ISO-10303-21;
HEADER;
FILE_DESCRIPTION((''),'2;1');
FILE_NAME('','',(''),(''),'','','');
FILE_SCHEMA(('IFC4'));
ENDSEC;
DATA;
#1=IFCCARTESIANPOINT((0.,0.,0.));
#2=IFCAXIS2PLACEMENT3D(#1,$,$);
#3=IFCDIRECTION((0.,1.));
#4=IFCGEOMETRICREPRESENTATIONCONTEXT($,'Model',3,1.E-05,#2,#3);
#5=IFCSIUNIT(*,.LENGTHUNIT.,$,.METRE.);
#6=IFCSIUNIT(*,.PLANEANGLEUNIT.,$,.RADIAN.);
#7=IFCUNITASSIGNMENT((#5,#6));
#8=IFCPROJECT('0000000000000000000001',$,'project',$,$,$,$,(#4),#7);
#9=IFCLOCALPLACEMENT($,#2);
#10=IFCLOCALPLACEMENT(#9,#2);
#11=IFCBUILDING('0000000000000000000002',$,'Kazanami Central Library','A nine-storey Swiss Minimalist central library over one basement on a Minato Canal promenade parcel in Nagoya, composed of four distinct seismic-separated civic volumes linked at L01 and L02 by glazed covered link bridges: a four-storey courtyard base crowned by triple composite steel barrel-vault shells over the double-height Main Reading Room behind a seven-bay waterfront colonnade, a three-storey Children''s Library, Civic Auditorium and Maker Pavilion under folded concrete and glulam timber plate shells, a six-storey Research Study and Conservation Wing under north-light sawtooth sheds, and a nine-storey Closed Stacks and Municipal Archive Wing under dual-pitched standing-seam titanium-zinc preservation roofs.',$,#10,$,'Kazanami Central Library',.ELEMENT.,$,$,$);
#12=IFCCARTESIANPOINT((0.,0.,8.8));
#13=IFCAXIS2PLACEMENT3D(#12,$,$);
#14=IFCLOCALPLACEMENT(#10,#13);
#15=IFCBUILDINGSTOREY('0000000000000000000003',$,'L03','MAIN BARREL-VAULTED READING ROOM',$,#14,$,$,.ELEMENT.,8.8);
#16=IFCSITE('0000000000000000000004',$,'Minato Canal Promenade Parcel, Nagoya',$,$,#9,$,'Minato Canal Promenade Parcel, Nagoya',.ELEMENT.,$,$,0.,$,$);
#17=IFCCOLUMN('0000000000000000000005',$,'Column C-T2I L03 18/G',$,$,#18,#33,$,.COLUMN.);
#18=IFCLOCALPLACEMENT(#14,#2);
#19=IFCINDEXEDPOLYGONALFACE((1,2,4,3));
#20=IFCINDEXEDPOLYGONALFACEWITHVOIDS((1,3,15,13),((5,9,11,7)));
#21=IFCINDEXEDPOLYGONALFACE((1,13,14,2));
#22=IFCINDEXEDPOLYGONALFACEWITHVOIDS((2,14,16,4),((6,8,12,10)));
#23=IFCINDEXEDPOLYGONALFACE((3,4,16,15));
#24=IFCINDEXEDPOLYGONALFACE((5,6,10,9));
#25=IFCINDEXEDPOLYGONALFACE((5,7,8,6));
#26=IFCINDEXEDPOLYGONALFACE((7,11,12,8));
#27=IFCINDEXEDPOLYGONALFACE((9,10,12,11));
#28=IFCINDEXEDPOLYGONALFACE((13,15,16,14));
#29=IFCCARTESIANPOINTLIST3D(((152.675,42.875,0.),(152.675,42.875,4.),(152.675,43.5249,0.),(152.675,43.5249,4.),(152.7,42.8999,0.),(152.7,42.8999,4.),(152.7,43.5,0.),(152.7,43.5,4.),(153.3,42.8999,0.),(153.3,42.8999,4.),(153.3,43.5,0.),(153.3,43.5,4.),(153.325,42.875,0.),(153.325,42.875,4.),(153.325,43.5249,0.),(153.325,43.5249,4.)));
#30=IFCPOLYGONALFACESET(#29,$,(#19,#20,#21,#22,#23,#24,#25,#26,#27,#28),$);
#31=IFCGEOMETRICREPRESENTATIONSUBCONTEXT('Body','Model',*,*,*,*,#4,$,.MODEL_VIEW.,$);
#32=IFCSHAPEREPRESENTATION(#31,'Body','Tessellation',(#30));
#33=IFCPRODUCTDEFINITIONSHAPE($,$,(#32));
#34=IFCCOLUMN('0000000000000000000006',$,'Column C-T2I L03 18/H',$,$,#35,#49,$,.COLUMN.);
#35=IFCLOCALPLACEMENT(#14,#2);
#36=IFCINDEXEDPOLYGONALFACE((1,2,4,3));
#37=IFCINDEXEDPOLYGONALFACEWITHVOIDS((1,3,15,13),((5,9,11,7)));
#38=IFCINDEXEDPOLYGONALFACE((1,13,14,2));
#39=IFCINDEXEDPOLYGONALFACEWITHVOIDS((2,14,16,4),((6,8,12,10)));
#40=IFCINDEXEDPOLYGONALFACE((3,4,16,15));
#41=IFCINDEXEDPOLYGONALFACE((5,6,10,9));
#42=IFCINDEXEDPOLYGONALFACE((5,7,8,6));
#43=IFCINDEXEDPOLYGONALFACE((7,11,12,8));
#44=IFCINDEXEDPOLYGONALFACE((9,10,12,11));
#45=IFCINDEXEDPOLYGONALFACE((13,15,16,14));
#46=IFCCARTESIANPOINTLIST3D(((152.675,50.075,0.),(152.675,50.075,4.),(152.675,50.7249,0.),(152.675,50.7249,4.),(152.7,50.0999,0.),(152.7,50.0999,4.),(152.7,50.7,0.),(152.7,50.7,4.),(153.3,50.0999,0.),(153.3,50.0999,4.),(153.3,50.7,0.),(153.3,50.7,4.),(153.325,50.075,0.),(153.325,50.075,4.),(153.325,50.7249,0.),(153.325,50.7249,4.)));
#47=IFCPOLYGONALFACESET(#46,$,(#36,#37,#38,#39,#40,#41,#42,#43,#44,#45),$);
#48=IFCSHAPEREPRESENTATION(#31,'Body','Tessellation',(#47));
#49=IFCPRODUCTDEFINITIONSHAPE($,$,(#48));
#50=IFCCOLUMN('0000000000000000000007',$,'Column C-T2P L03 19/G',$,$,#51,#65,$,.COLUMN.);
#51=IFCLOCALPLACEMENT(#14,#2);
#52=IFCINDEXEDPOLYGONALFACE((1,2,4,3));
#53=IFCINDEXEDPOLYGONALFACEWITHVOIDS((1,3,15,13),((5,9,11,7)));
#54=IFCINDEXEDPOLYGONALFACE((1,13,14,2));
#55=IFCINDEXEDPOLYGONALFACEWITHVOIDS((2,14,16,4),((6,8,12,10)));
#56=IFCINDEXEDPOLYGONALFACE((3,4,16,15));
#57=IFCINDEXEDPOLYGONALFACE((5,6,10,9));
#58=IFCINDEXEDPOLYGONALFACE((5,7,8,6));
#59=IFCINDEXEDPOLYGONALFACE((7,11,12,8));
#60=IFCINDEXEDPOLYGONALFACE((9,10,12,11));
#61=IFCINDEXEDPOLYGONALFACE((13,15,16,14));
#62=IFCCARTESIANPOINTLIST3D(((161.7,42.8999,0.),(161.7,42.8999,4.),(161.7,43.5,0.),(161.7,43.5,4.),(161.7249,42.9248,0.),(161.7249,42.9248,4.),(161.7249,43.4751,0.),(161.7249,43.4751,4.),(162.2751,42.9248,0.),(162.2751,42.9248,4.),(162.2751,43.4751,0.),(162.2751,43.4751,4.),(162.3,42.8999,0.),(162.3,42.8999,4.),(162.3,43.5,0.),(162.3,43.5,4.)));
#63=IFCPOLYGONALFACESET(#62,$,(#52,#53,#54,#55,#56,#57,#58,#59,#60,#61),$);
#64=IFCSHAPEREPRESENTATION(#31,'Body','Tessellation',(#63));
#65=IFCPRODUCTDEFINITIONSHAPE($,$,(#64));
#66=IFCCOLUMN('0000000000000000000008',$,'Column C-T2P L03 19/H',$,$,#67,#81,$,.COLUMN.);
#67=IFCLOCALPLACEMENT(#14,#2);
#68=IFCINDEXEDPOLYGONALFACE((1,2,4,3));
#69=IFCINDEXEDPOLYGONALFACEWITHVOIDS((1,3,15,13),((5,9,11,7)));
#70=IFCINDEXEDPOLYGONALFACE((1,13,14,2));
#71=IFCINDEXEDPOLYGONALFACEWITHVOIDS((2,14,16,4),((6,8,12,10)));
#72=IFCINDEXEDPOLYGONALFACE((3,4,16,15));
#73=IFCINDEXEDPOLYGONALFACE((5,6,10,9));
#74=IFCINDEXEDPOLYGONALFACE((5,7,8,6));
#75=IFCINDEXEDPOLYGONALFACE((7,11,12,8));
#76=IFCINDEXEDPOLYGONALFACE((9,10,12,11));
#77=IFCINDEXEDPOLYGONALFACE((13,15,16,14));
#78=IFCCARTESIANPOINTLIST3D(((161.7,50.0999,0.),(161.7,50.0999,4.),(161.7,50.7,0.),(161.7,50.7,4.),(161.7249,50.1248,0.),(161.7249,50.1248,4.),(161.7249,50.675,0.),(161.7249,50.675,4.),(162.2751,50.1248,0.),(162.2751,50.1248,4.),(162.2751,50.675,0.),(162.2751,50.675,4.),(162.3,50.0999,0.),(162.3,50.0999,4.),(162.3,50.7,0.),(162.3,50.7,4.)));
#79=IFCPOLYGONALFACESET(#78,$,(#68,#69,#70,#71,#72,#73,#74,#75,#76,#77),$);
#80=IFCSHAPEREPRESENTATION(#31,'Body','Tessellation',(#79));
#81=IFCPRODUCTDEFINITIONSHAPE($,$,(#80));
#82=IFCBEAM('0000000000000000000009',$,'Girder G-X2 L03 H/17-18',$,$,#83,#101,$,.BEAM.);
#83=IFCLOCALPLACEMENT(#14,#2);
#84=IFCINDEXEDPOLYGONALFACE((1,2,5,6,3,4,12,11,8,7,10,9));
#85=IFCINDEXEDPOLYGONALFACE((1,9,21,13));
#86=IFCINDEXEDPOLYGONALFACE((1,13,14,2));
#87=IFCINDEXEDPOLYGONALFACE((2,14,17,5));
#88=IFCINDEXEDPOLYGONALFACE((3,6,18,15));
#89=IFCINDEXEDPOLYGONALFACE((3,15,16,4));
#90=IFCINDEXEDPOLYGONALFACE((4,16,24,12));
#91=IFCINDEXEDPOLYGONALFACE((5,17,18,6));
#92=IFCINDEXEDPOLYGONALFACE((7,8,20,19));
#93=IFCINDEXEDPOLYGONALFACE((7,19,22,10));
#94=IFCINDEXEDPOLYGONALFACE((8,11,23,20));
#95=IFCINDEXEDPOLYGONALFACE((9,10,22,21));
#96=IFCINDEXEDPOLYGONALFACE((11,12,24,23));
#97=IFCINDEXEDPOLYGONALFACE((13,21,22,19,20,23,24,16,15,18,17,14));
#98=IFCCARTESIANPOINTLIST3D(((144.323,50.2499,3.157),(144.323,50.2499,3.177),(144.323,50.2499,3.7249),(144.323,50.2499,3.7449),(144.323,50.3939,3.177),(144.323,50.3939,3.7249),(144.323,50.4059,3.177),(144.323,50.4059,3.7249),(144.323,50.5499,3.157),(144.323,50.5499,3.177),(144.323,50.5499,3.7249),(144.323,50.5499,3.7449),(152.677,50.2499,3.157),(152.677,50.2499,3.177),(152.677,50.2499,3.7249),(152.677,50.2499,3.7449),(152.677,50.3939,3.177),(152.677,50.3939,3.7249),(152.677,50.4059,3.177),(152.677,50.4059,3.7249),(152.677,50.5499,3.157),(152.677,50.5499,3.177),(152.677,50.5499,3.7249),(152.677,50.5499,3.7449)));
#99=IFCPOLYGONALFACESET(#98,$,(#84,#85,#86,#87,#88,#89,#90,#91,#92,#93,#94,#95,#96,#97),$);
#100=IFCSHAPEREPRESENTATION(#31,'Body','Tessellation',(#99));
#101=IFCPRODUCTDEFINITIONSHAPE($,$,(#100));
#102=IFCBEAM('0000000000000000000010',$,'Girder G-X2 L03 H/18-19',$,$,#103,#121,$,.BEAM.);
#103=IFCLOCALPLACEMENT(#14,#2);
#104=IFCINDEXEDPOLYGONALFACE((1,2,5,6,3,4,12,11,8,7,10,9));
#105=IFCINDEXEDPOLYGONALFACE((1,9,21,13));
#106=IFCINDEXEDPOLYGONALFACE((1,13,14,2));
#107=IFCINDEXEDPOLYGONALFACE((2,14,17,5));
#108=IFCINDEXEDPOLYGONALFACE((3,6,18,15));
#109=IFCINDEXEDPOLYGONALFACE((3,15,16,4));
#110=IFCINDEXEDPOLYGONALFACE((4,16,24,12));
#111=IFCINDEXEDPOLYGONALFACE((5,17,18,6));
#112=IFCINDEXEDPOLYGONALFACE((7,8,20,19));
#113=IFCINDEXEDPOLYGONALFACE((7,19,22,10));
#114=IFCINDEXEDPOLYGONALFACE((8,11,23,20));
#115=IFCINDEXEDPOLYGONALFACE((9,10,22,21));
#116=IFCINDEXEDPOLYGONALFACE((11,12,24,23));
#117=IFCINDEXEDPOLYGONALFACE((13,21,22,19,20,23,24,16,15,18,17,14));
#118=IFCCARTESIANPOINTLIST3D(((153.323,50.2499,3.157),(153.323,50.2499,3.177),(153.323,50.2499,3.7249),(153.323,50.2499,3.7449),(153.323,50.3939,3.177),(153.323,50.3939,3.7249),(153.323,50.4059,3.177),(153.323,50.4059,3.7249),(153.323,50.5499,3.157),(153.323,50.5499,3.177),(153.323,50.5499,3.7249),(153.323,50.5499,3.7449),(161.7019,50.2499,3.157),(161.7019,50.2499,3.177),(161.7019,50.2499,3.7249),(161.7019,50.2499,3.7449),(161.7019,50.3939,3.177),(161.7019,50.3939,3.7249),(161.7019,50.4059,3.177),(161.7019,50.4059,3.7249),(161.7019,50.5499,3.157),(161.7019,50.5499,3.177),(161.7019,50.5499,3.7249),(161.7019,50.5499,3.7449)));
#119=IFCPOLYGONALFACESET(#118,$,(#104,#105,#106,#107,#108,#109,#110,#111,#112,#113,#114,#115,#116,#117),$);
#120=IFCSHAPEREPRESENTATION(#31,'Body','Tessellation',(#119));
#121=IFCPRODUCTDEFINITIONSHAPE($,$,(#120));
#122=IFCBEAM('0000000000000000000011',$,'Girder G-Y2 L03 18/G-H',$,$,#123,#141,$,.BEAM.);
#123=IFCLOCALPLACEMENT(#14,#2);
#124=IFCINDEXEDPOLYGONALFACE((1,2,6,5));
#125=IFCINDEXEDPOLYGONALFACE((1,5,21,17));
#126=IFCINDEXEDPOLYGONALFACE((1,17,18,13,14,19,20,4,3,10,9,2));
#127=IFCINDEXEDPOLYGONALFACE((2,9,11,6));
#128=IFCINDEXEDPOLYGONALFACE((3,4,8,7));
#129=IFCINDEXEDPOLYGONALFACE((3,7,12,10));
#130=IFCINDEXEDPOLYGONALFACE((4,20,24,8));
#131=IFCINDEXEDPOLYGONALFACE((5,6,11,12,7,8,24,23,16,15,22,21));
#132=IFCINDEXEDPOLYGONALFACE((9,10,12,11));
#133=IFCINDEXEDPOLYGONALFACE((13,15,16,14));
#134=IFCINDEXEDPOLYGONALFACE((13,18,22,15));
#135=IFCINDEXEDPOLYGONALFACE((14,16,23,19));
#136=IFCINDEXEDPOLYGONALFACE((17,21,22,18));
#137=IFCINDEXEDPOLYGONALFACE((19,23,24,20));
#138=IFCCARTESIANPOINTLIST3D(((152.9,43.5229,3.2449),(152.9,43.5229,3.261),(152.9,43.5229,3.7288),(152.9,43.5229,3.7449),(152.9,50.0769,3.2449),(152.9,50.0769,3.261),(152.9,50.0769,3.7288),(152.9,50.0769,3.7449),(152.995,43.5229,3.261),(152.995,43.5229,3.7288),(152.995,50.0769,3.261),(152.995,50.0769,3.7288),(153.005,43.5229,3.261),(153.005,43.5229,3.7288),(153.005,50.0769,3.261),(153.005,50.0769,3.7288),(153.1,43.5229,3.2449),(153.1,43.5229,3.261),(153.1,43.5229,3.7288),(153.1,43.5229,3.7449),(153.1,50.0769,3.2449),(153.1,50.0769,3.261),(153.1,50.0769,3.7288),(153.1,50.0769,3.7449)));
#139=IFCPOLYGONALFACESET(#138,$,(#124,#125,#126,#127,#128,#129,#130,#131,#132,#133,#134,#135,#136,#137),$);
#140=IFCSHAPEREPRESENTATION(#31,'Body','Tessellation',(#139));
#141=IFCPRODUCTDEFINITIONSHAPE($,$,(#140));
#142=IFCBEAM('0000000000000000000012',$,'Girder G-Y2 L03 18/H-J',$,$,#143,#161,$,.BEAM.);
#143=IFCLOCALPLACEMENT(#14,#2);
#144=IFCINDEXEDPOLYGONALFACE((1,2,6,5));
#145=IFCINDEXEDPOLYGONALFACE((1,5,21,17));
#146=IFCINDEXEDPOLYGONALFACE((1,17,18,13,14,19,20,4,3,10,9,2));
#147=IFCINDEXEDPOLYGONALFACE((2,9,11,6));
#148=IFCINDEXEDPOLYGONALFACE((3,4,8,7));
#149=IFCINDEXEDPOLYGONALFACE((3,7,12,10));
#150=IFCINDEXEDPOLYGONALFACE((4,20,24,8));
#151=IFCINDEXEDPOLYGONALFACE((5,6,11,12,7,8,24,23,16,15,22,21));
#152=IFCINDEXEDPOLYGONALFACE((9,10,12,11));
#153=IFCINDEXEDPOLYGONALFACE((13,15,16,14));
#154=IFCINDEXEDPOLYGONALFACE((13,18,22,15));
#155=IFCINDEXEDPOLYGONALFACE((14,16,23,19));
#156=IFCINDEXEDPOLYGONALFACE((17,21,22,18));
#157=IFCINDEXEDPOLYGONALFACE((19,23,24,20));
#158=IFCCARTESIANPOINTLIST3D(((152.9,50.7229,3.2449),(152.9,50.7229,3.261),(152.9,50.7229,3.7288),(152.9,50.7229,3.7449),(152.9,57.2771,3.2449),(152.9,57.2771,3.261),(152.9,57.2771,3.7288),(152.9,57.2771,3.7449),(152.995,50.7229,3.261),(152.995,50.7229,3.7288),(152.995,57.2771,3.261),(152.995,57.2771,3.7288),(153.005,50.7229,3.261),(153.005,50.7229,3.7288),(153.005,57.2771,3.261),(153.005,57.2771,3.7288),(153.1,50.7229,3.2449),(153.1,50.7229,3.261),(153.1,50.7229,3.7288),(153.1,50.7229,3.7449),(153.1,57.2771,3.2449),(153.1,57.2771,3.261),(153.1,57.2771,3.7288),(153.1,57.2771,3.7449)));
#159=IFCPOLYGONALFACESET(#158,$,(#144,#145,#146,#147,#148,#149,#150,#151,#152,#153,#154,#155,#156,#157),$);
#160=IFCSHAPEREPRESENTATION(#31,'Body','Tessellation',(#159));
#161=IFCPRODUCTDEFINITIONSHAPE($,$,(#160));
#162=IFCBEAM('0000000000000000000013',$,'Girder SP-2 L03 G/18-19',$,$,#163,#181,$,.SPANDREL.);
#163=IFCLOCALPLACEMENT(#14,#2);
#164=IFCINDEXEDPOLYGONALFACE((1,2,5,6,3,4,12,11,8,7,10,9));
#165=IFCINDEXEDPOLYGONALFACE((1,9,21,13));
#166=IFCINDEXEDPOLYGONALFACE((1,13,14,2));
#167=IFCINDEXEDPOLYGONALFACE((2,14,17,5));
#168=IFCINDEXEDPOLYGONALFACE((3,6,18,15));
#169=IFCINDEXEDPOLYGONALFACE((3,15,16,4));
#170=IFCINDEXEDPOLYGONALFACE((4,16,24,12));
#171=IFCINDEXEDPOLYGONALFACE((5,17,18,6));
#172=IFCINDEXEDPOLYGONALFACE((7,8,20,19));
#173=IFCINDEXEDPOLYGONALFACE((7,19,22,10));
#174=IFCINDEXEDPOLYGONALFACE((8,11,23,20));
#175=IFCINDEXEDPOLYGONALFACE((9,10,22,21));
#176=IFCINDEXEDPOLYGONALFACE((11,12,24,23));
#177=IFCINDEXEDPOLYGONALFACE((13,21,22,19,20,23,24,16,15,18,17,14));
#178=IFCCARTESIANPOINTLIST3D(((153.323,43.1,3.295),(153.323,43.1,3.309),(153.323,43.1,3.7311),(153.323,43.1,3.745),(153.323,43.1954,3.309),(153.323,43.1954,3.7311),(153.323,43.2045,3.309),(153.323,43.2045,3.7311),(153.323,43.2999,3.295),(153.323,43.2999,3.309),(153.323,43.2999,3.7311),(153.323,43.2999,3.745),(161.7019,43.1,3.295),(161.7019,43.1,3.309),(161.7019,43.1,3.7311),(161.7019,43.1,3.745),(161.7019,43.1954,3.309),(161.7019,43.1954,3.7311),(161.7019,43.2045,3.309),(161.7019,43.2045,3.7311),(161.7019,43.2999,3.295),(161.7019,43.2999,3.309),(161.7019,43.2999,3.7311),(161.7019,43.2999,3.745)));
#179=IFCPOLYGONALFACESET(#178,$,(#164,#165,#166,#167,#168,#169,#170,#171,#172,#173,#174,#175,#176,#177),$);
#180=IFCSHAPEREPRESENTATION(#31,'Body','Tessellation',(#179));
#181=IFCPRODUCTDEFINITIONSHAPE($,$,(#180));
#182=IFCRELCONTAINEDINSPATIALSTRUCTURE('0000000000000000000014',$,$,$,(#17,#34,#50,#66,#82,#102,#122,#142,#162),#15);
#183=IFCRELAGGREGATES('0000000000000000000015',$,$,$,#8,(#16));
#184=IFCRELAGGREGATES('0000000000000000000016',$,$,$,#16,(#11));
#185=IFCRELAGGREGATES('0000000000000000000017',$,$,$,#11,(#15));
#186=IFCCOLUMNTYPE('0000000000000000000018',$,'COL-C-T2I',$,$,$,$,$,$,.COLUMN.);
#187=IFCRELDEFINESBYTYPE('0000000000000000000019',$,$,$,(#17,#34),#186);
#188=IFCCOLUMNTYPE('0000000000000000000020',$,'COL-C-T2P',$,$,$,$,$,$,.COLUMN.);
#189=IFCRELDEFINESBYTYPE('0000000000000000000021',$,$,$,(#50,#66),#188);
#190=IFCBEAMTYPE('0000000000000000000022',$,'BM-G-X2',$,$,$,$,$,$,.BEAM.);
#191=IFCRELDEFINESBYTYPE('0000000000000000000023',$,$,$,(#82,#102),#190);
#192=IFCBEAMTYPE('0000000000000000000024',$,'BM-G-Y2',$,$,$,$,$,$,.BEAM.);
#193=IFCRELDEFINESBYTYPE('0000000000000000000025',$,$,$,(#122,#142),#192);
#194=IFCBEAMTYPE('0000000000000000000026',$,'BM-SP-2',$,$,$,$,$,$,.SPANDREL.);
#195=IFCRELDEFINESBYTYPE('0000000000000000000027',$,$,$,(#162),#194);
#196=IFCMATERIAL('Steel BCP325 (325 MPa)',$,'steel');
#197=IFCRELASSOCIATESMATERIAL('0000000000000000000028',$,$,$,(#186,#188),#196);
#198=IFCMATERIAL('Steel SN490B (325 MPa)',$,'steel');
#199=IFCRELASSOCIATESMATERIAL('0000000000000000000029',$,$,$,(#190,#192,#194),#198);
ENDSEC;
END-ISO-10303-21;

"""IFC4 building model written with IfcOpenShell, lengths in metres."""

from ifc_helpers import new_model, si_unit, direction, frame, origin, origin_2d, place, context, subcontext, project, spatial, hollow_rectangle, i_section, extrude, material, material_profile, profile_set, type_object, element, save


model = new_model("IFC4")

# Units and contexts
model_context = context("Model", 3, precision=1e-05, world=origin(), true_north=direction((0.0, 1.0)))
body_context = subcontext(model_context, "Body", "Model", "MODEL_VIEW")
ifc_project = project(units=[si_unit("LENGTHUNIT", "METRE"), si_unit("PLANEANGLEUNIT", "RADIAN")], contexts=[model_context])

# Site, building, storey
site_placement = place(None, origin())
site = spatial("IfcSite", under=ifc_project, at=site_placement, Name="Minato Canal Promenade Parcel, Nagoya", LongName="Minato Canal Promenade Parcel, Nagoya", CompositionType="ELEMENT", RefElevation=0.0)
building_placement = place(site_placement, origin())
building = spatial("IfcBuilding", under=site, at=building_placement, Name="Kazanami Central Library", Description="A nine-storey Swiss Minimalist central library over one basement on a Minato Canal promenade parcel in Nagoya, composed of four distinct seismic-separated civic volumes linked at L01 and L02 by glazed covered link bridges: a four-storey courtyard base crowned by triple composite steel barrel-vault shells over the double-height Main Reading Room behind a seven-bay waterfront colonnade, a three-storey Children's Library, Civic Auditorium and Maker Pavilion under folded concrete and glulam timber plate shells, a six-storey Research Study and Conservation Wing under north-light sawtooth sheds, and a nine-storey Closed Stacks and Municipal Archive Wing under dual-pitched standing-seam titanium-zinc preservation roofs.", LongName="Kazanami Central Library", CompositionType="ELEMENT")
storey_placement = place(building_placement, frame((0.0, 0.0, 8.8)))
storey = spatial("IfcBuildingStorey", under=building, at=storey_placement, Name="L03", Description="MAIN BARREL-VAULTED READING ROOM", CompositionType="ELEMENT", Elevation=8.8)

# Columns
ifc_material_1 = material(Name="Steel BCP325 (325 MPa)", Category="steel")
ifc_material_profile_1 = material_profile(ifc_material_1, hollow_rectangle(XDim=0.6499, YDim=0.6499, WallThickness=0.0249, at=origin_2d()), Name="BCP-650x650x25")
ifc_profile_set_1 = profile_set([ifc_material_profile_1], Name="Steel BCP325 (325 MPa)")
column_type_1 = type_object("IfcColumnType", Name="COL-C-T2I", PredefinedType="COLUMN", material=ifc_profile_set_1)
for number, where, z_axis, x_axis, name in (
    (1, (153.0, 43.2, 0.0), (0.0, 0.0, 1.0), (1.0, 0.0, 0.0), "Column C-T2I L03 18/G"),
    (2, (153.0, 50.3999, 0.0), (0.0, 0.0, 1.0), (1.0, 0.0, 0.0), "Column C-T2I L03 18/H"),
):
    element("IfcColumn", number, at=place(storey_placement, frame(where, z_axis=z_axis, x_axis=x_axis)), inside=storey, type_object=column_type_1, Name=name, PredefinedType="COLUMN", context=body_context, shape_type="SweptSolid", body=[
        extrude(hollow_rectangle(XDim=0.6499, YDim=0.6499, WallThickness=0.0249, at=origin_2d()), origin(), (0.0, 0.0, 1.0), 4.0),
    ])
ifc_material_profile_2 = material_profile(ifc_material_1, hollow_rectangle(XDim=0.6001, YDim=0.6001, WallThickness=0.0249, at=origin_2d()), Name="BCP-600x600x25")
ifc_profile_set_2 = profile_set([ifc_material_profile_2], Name="Steel BCP325 (325 MPa)")
column_type_2 = type_object("IfcColumnType", Name="COL-C-T2P", PredefinedType="COLUMN", material=ifc_profile_set_2)
for number, where, z_axis, x_axis, name in (
    (3, (162.0, 43.2, 0.0), (0.0, 0.0, 1.0), (1.0, 0.0, 0.0), "Column C-T2P L03 19/G"),
    (4, (162.0, 50.3999, 0.0), (0.0, 0.0, 1.0), (1.0, 0.0, 0.0), "Column C-T2P L03 19/H"),
):
    element("IfcColumn", number, at=place(storey_placement, frame(where, z_axis=z_axis, x_axis=x_axis)), inside=storey, type_object=column_type_2, Name=name, PredefinedType="COLUMN", context=body_context, shape_type="SweptSolid", body=[
        extrude(hollow_rectangle(XDim=0.6001, YDim=0.6001, WallThickness=0.0249, at=origin_2d()), origin(), (0.0, 0.0, 1.0), 4.0),
    ])

# Beams
ifc_material_2 = material(Name="Steel SN490B (325 MPa)", Category="steel")
ifc_material_profile_3 = material_profile(ifc_material_2, i_section(OverallWidth=0.3, OverallDepth=0.5879, WebThickness=0.012, FlangeThickness=0.02, at=origin_2d()), Name="H-588x300x12x20")
ifc_profile_set_3 = profile_set([ifc_material_profile_3], Name="Steel SN490B (325 MPa)")
beam_type_1 = type_object("IfcBeamType", Name="BM-G-X2", PredefinedType="BEAM", material=ifc_profile_set_3)
beam_1_placement = place(storey_placement, frame((144.323, 50.3999, 3.4509), z_axis=(1.0, 0.0, 0.0), x_axis=(0.0, 1.0, 0.0)))
element("IfcBeam", 5, at=beam_1_placement, inside=storey, type_object=beam_type_1, Name="Girder G-X2 L03 H/17-18", PredefinedType="BEAM", context=body_context, shape_type="SweptSolid", body=[
    extrude(i_section(OverallWidth=0.3, OverallDepth=0.5879, WebThickness=0.012, FlangeThickness=0.02, at=origin_2d()), origin(), (0.0, 0.0, 1.0), 8.354),
])
beam_2_placement = place(storey_placement, frame((153.323, 50.3999, 3.4509), z_axis=(1.0, 0.0, 0.0), x_axis=(0.0, 1.0, 0.0)))
element("IfcBeam", 6, at=beam_2_placement, inside=storey, type_object=beam_type_1, Name="Girder G-X2 L03 H/18-19", PredefinedType="BEAM", context=body_context, shape_type="SweptSolid", body=[
    extrude(i_section(OverallWidth=0.3, OverallDepth=0.5879, WebThickness=0.012, FlangeThickness=0.02, at=origin_2d()), origin(), (0.0, 0.0, 1.0), 8.3789),
])
ifc_material_profile_4 = material_profile(ifc_material_2, i_section(OverallWidth=0.2, OverallDepth=0.5, WebThickness=0.01, FlangeThickness=0.0161, at=origin_2d()), Name="H-500x200x10x16")
ifc_profile_set_4 = profile_set([ifc_material_profile_4], Name="Steel SN490B (325 MPa)")
beam_type_2 = type_object("IfcBeamType", Name="BM-G-Y2", PredefinedType="BEAM", material=ifc_profile_set_4)
beam_3_placement = place(storey_placement, frame((153.0, 43.5229, 3.4949), z_axis=(0.0, 1.0, 0.0), x_axis=(-1.0, 0.0, 0.0)))
element("IfcBeam", 7, at=beam_3_placement, inside=storey, type_object=beam_type_2, Name="Girder G-Y2 L03 18/G-H", PredefinedType="BEAM", context=body_context, shape_type="SweptSolid", body=[
    extrude(i_section(OverallWidth=0.2, OverallDepth=0.5, WebThickness=0.01, FlangeThickness=0.0161, at=origin_2d()), origin(), (0.0, 0.0, 1.0), 6.554),
])
beam_4_placement = place(storey_placement, frame((153.0, 50.7229, 3.4949), z_axis=(0.0, 1.0, 0.0), x_axis=(-1.0, 0.0, 0.0)))
element("IfcBeam", 8, at=beam_4_placement, inside=storey, type_object=beam_type_2, Name="Girder G-Y2 L03 18/H-J", PredefinedType="BEAM", context=body_context, shape_type="SweptSolid", body=[
    extrude(i_section(OverallWidth=0.2, OverallDepth=0.5, WebThickness=0.01, FlangeThickness=0.0161, at=origin_2d()), origin(), (0.0, 0.0, 1.0), 6.5542),
])
ifc_material_profile_5 = material_profile(ifc_material_2, i_section(OverallWidth=0.2, OverallDepth=0.45, WebThickness=0.009, FlangeThickness=0.0139, at=origin_2d()), Name="H-450x200x9x14")
ifc_profile_set_5 = profile_set([ifc_material_profile_5], Name="Steel SN490B (325 MPa)")
beam_type_3 = type_object("IfcBeamType", Name="BM-SP-2", PredefinedType="SPANDREL", material=ifc_profile_set_5)
beam_5_placement = place(storey_placement, frame((153.323, 43.2, 3.52), z_axis=(1.0, 0.0, 0.0), x_axis=(0.0, 1.0, 0.0)))
element("IfcBeam", 9, at=beam_5_placement, inside=storey, type_object=beam_type_3, Name="Girder SP-2 L03 G/18-19", PredefinedType="SPANDREL", context=body_context, shape_type="SweptSolid", body=[
    extrude(i_section(OverallWidth=0.2, OverallDepth=0.45, WebThickness=0.009, FlangeThickness=0.0139, at=origin_2d()), origin(), (0.0, 0.0, 1.0), 8.3789),
])

save(model, "model.ifc")
